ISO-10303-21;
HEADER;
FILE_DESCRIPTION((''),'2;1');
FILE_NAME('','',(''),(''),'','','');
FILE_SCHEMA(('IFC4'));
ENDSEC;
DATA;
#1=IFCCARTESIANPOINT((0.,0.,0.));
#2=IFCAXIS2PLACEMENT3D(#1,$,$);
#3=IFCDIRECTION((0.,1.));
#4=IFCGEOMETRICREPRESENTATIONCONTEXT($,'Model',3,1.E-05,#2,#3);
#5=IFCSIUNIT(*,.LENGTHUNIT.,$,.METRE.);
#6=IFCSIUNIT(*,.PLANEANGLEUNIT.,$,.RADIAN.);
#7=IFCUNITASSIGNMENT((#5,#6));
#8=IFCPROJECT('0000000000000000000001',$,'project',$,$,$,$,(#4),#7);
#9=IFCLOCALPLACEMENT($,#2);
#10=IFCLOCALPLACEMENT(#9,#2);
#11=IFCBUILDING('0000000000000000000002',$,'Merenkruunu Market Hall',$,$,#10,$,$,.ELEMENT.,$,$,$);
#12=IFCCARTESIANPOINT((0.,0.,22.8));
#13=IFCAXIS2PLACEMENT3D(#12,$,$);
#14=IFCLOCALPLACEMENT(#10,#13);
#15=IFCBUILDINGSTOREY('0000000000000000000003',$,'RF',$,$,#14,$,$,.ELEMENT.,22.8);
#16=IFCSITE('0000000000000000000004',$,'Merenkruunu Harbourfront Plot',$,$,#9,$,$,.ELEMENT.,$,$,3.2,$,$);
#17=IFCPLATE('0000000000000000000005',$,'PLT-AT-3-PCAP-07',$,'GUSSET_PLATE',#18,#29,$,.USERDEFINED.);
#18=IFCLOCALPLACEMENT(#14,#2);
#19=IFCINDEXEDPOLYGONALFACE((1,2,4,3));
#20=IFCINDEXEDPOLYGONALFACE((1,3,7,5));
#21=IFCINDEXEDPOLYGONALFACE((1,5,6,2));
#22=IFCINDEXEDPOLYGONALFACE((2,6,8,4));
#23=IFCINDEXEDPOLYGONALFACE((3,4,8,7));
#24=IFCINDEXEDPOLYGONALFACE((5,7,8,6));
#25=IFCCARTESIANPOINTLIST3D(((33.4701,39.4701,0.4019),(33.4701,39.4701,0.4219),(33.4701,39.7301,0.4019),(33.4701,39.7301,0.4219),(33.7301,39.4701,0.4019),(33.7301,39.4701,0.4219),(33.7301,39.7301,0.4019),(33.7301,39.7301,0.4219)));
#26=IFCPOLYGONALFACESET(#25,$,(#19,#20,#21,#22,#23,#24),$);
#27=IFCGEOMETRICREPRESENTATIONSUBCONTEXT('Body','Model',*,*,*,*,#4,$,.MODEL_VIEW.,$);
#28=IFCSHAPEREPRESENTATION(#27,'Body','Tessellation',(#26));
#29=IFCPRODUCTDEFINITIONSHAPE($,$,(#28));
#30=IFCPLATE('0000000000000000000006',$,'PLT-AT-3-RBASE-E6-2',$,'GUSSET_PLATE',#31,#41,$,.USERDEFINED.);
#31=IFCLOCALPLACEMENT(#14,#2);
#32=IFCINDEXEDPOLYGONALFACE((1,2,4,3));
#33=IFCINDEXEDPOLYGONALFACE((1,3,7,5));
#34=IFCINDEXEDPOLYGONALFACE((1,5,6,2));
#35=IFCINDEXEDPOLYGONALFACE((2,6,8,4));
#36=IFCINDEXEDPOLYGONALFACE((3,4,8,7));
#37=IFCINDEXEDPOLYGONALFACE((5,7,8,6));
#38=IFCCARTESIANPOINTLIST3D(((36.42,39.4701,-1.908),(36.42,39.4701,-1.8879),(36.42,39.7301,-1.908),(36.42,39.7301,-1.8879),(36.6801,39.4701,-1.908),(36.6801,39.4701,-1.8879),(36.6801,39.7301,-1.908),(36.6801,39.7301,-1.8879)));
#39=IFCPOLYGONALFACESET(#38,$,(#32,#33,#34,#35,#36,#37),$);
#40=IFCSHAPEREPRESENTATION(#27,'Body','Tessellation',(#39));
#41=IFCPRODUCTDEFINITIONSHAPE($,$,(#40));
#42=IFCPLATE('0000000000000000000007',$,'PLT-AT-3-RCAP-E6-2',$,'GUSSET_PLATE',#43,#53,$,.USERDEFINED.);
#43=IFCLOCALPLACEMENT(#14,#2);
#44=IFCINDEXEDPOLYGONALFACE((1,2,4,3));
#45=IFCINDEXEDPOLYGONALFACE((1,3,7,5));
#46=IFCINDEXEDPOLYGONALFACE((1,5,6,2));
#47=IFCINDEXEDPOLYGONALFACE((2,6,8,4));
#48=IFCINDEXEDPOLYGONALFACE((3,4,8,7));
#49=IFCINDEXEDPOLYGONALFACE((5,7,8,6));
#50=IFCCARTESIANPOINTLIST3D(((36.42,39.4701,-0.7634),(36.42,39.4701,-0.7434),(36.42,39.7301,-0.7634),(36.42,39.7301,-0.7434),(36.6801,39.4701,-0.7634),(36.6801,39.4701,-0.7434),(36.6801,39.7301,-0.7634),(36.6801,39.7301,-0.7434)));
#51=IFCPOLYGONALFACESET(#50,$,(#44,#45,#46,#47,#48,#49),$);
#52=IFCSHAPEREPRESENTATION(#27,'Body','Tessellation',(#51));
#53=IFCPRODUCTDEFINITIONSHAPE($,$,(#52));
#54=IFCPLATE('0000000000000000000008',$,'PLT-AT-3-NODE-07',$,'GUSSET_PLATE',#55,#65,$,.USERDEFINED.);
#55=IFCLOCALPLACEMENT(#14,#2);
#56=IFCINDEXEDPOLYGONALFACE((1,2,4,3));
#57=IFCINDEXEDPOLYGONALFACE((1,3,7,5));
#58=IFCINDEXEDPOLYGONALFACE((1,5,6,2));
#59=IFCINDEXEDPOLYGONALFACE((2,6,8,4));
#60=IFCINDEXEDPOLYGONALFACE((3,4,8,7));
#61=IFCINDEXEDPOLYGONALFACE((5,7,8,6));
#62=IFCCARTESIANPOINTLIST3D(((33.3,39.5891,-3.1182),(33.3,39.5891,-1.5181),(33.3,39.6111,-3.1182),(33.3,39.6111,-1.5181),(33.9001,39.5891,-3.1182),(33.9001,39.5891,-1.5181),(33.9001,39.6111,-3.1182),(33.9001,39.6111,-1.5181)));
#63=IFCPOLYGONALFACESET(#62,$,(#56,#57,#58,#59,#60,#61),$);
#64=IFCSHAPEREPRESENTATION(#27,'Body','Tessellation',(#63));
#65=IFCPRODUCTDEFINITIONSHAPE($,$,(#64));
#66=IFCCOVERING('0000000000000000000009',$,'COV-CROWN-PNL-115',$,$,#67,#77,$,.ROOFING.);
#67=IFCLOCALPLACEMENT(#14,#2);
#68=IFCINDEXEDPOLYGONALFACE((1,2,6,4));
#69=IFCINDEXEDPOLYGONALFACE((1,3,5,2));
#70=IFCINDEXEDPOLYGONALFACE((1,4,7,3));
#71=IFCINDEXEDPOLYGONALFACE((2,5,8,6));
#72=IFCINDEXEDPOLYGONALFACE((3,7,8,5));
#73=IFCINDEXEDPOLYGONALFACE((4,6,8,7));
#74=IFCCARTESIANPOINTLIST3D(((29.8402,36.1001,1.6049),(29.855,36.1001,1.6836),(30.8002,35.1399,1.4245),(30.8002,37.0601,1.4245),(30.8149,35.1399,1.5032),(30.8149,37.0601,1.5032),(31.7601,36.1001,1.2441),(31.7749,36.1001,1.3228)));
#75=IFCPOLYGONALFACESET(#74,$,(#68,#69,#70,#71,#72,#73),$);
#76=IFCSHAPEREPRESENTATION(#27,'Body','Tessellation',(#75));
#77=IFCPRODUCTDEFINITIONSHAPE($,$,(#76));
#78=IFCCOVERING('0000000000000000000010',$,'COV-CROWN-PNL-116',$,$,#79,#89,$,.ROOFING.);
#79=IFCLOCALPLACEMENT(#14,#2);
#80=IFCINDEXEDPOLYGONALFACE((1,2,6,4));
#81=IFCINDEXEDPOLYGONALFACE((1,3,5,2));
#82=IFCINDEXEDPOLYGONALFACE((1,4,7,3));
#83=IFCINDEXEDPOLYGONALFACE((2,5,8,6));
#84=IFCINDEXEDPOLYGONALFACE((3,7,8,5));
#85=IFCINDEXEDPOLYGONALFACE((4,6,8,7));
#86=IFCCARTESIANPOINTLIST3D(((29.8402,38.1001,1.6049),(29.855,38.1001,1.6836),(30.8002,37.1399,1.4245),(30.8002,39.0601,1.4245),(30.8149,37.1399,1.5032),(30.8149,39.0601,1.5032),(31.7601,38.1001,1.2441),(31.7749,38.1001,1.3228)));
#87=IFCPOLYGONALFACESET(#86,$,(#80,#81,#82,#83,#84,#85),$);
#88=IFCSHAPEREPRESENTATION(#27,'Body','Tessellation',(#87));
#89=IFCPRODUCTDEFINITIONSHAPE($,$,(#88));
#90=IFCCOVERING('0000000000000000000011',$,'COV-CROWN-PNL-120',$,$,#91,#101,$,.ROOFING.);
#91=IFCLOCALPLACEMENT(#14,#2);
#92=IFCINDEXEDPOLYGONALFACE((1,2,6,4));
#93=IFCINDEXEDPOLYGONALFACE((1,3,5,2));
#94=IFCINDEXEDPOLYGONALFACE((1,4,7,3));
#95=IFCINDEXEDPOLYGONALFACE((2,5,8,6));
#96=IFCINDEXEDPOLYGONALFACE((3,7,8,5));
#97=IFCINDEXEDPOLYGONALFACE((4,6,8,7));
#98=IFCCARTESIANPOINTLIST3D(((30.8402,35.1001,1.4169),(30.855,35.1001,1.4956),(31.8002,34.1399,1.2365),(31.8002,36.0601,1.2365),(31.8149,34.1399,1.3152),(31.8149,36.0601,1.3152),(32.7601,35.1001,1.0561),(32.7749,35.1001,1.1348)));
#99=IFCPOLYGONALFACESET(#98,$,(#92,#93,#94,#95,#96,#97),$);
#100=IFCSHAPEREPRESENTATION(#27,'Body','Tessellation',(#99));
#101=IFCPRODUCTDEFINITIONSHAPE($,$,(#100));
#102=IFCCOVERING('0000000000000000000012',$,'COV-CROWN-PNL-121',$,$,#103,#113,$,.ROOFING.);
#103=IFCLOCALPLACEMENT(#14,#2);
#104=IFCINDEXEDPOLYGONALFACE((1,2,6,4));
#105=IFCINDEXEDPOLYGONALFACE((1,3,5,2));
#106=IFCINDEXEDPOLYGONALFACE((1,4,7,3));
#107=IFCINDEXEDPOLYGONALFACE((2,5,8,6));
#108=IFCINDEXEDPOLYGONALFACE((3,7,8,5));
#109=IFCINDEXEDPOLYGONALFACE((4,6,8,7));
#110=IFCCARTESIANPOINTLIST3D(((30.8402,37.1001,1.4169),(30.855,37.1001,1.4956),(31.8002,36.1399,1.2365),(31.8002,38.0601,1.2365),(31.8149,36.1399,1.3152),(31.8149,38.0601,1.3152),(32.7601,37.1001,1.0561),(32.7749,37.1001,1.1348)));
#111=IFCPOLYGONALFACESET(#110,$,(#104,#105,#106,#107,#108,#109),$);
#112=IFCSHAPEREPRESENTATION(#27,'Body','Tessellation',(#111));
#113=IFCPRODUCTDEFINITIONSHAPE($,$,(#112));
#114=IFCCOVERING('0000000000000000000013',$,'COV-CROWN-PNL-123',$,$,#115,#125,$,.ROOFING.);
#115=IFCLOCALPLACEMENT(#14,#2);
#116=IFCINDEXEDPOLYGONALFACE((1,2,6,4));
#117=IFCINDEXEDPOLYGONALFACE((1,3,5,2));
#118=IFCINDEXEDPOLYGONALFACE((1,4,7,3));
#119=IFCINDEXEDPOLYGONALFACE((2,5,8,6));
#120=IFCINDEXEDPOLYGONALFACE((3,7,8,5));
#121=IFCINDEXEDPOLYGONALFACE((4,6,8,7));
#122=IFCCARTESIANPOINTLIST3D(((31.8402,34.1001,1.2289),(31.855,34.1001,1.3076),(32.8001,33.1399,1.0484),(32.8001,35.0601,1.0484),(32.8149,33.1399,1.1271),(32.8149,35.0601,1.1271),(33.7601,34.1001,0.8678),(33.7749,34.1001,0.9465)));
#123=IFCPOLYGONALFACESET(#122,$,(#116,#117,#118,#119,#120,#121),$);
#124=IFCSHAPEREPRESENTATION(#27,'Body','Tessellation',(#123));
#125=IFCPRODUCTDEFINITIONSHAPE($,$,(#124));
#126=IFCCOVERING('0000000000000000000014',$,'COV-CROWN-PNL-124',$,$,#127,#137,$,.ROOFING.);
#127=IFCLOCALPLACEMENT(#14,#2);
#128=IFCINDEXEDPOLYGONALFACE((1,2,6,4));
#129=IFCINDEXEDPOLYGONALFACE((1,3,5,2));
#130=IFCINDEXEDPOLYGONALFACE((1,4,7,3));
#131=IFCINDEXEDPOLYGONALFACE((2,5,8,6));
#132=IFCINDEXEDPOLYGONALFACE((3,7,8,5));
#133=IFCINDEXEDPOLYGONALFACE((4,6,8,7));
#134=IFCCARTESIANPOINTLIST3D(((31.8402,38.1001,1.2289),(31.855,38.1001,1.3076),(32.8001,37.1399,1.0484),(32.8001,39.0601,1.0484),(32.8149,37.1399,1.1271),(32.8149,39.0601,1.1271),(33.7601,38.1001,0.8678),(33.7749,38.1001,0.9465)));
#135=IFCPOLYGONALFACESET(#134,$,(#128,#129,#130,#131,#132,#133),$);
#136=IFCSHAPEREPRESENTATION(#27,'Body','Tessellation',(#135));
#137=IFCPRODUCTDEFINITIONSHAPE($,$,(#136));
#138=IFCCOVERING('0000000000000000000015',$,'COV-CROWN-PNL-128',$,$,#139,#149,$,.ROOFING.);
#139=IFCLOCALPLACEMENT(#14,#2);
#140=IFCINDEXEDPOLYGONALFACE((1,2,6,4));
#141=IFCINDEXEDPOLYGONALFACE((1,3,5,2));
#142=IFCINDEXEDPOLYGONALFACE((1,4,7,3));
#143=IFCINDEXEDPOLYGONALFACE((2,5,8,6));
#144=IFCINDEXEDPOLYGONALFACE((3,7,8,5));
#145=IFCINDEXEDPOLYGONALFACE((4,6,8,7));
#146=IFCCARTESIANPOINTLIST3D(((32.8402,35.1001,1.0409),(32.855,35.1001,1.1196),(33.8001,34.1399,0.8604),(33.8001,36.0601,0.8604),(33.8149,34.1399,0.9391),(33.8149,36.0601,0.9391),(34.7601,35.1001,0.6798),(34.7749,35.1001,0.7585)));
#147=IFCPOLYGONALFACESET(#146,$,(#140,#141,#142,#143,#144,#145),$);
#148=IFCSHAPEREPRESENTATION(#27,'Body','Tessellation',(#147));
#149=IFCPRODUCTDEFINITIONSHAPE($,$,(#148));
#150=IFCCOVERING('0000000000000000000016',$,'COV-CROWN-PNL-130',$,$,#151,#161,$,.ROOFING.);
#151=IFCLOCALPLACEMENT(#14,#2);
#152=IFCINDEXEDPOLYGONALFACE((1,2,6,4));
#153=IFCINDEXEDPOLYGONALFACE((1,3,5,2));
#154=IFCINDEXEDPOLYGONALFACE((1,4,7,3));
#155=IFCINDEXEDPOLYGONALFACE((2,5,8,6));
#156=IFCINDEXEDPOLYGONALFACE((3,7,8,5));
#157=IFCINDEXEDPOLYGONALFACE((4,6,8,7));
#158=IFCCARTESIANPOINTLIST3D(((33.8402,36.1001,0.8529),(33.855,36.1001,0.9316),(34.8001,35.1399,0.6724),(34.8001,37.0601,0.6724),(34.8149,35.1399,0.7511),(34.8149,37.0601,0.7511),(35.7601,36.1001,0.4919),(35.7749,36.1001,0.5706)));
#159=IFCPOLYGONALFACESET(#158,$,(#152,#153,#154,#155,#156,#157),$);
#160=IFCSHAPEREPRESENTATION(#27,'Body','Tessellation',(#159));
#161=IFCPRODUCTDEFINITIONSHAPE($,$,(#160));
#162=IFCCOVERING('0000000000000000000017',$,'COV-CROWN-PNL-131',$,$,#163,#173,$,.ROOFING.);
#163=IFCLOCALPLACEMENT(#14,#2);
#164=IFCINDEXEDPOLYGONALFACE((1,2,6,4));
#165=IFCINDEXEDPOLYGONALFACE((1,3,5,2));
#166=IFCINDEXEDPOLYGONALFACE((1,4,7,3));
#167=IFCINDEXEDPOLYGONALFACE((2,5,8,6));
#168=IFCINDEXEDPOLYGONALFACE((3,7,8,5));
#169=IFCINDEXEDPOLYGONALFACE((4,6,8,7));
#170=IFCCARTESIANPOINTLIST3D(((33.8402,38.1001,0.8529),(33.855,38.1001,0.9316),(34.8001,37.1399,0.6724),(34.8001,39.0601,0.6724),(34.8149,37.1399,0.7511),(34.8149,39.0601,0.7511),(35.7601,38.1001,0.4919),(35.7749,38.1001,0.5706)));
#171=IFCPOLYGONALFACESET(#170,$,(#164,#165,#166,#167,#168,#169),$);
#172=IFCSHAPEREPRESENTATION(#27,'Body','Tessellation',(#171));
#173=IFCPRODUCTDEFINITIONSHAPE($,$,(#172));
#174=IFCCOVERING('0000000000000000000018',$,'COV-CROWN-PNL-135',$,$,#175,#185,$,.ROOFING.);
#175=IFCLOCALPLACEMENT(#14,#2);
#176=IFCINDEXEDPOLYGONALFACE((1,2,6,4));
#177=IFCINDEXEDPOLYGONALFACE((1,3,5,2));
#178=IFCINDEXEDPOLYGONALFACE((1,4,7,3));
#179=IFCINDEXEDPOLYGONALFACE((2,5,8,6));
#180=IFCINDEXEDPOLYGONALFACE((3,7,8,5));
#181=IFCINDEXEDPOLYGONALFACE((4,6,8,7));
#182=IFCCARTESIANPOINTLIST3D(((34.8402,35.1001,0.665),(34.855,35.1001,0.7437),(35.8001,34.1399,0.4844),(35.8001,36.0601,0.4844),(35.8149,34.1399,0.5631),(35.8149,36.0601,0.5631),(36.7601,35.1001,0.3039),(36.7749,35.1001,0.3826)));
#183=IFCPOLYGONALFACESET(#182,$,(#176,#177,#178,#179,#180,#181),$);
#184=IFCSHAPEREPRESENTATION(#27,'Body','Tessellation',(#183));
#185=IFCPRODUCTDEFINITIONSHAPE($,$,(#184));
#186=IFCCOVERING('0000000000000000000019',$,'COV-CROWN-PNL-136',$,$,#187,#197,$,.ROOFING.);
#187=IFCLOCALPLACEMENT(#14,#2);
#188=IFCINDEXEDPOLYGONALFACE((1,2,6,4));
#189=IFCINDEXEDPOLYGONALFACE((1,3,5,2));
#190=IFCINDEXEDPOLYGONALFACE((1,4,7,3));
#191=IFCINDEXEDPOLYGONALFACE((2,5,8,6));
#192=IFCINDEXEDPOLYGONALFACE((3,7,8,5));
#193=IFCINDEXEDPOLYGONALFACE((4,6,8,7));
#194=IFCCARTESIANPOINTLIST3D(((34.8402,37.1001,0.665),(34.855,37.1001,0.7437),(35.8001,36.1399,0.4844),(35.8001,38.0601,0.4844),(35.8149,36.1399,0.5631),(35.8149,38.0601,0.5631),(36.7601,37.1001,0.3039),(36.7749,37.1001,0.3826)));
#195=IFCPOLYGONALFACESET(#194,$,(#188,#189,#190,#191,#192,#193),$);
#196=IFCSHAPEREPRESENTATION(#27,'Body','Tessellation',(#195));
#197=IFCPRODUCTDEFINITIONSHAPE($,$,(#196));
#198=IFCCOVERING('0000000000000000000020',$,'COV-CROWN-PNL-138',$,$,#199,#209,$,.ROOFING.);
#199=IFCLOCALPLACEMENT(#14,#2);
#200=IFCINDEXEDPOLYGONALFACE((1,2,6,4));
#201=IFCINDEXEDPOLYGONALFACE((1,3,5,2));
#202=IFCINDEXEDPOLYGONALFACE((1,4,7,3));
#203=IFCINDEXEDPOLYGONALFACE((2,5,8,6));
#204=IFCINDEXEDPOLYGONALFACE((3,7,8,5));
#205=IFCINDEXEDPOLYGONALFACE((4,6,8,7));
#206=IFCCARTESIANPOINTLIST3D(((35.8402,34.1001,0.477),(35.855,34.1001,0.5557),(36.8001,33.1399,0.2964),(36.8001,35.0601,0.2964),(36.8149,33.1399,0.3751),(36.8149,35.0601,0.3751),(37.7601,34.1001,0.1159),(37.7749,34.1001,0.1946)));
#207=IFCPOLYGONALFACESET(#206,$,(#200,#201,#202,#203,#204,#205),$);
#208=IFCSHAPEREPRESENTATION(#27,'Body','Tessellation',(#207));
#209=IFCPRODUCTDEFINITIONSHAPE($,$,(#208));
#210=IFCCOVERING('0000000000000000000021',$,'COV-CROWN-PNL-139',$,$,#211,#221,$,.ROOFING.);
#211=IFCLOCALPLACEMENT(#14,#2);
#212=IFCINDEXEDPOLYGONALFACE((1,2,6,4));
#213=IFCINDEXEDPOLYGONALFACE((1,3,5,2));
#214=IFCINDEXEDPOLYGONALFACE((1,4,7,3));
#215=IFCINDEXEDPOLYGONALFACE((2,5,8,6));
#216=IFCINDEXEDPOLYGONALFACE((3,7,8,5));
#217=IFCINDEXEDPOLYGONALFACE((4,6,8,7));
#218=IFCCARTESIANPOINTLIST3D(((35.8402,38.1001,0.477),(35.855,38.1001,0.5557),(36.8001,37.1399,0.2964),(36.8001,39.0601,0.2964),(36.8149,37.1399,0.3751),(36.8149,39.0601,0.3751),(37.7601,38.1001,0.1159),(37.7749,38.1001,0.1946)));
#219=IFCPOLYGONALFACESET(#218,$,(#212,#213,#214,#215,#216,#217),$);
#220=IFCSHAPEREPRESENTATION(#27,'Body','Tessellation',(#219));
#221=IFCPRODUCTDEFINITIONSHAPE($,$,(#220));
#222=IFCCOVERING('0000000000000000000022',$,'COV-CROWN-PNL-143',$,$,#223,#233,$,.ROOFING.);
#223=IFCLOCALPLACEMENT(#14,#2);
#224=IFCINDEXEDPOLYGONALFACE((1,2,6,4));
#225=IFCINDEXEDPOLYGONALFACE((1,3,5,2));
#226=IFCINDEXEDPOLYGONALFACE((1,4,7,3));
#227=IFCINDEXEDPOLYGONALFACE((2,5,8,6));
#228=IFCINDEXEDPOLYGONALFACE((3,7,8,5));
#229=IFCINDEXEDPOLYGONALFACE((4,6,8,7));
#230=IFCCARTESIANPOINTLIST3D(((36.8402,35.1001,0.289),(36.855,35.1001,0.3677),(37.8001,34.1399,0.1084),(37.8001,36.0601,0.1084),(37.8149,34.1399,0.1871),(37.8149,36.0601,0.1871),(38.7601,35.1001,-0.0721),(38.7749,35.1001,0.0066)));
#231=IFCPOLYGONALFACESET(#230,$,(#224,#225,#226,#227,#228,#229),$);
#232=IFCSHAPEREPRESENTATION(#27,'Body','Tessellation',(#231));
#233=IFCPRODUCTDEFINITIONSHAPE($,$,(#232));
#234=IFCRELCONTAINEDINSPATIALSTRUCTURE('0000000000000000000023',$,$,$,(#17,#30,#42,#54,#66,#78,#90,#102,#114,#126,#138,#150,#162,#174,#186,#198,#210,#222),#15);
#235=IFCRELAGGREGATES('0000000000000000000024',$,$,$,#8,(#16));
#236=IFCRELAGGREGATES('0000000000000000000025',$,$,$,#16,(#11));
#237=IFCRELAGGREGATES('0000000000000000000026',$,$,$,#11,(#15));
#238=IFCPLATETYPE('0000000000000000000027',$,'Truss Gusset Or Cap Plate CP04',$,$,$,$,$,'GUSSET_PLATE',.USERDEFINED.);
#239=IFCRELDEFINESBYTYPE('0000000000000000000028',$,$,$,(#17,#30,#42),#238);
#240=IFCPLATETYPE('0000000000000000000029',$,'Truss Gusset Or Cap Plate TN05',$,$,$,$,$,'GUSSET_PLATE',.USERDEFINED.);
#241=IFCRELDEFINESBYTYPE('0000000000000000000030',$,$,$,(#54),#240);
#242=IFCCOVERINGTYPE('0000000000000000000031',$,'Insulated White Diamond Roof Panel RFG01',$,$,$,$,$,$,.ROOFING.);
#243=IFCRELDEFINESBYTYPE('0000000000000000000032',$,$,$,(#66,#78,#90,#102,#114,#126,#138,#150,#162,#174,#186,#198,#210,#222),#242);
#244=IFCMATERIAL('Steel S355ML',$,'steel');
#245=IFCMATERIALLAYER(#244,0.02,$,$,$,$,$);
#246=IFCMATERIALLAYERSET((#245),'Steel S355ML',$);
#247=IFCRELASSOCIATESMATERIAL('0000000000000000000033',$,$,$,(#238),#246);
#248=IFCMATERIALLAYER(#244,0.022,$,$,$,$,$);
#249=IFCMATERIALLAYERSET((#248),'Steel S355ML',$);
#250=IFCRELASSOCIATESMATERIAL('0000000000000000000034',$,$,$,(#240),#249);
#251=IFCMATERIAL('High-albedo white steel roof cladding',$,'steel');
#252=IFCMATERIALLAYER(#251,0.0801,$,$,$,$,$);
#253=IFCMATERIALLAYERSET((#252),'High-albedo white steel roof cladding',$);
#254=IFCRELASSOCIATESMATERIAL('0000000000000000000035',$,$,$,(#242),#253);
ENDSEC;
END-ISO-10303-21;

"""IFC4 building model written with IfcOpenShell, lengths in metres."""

from ifc_helpers import new_model, si_unit, direction, frame, origin, origin_2d, place, context, subcontext, project, spatial, polyline, rectangle, outline, extrude, material, layer, layer_set, type_object, element, save


model = new_model("IFC4")

# Units and contexts
model_context = context("Model", 3, precision=1e-05, world=origin(), true_north=direction((0.0, 1.0)))
body_context = subcontext(model_context, "Body", "Model", "MODEL_VIEW")
ifc_project = project(units=[si_unit("LENGTHUNIT", "METRE"), si_unit("PLANEANGLEUNIT", "RADIAN")], contexts=[model_context])

# Site, building, storey
site_placement = place(None, origin())
site = spatial("IfcSite", under=ifc_project, at=site_placement, Name="Merenkruunu Harbourfront Plot", CompositionType="ELEMENT", RefElevation=3.2)
building_placement = place(site_placement, origin())
building = spatial("IfcBuilding", under=site, at=building_placement, Name="Merenkruunu Market Hall", CompositionType="ELEMENT")
storey_placement = place(building_placement, frame((0.0, 0.0, 22.8)))
storey = spatial("IfcBuildingStorey", under=building, at=storey_placement, Name="RF", CompositionType="ELEMENT", Elevation=22.8)

# Shared definitions
ifc_material_1 = material(Name="Steel S355ML", Category="steel")

# Plates
ifc_layer_1 = layer(ifc_material_1, 0.02)
ifc_layer_set_1 = layer_set([ifc_layer_1], Name="Steel S355ML")
plate_type_1 = type_object("IfcPlateType", Name="Truss Gusset Or Cap Plate CP04", ElementType="GUSSET_PLATE", PredefinedType="USERDEFINED", material=ifc_layer_set_1)
for number, where, z_axis, x_axis, name in (
    (1, (33.6001, 39.6001, 0.4019), (0.0, 0.0, 1.0), (1.0, 0.0, 0.0), "PLT-AT-3-PCAP-07"),
    (2, (36.55, 39.6001, -1.908), (0.0, 0.0, 1.0), (1.0, 0.0, 0.0), "PLT-AT-3-RBASE-E6-2"),
    (3, (36.55, 39.6001, -0.7634), (0.0, 0.0, 1.0), (1.0, 0.0, 0.0), "PLT-AT-3-RCAP-E6-2"),
):
    element("IfcPlate", number, at=place(storey_placement, frame(where, z_axis=z_axis, x_axis=x_axis)), inside=storey, type_object=plate_type_1, Name=name, ObjectType="GUSSET_PLATE", PredefinedType="USERDEFINED", context=body_context, shape_type="SweptSolid", body=[
        extrude(rectangle(XDim=0.26, YDim=0.26, at=origin_2d()), origin(), (0.0, 0.0, 1.0), 0.02),
    ])
ifc_layer_2 = layer(ifc_material_1, 0.022)
ifc_layer_set_2 = layer_set([ifc_layer_2], Name="Steel S355ML")
plate_type_2 = type_object("IfcPlateType", Name="Truss Gusset Or Cap Plate TN05", ElementType="GUSSET_PLATE", PredefinedType="USERDEFINED", material=ifc_layer_set_2)
plate_placement = place(storey_placement, frame((33.6001, 39.6001, -3.1182), z_axis=(0.0, 0.0, 1.0), x_axis=(1.0, 0.0, 0.0)))
element("IfcPlate", 4, at=plate_placement, inside=storey, type_object=plate_type_2, Name="PLT-AT-3-NODE-07", ObjectType="GUSSET_PLATE", PredefinedType="USERDEFINED", context=body_context, shape_type="SweptSolid", body=[
    extrude(rectangle(XDim=0.6001, YDim=0.022, at=origin_2d()), origin(), (0.0, 0.0, 1.0), 1.6001),
])

# Coverings
ifc_material_2 = material(Name="High-albedo white steel roof cladding", Category="steel")
ifc_layer_3 = layer(ifc_material_2, 0.0801)
ifc_layer_set_3 = layer_set([ifc_layer_3], Name="High-albedo white steel roof cladding")
covering_type_1 = type_object("IfcCoveringType", Name="Insulated White Diamond Roof Panel RFG01", PredefinedType="ROOFING", material=ifc_layer_set_3)
for number, where, z_axis, x_axis, name in (
    (5, (29.855, 36.1001, 1.6836), (0.184711, 0.0, 0.982793), (0.700856, -0.701035, -0.131722), "COV-CROWN-PNL-115"),
    (6, (29.855, 38.1001, 1.6836), (0.184711, 0.0, 0.982793), (0.700856, -0.701035, -0.131722), "COV-CROWN-PNL-116"),
    (7, (30.855, 35.1001, 1.4956), (0.184711, 0.0, 0.982793), (0.700856, -0.701035, -0.131722), "COV-CROWN-PNL-120"),
    (8, (30.855, 37.1001, 1.4956), (0.184711, 0.0, 0.982793), (0.700856, -0.701035, -0.131722), "COV-CROWN-PNL-121"),
):
    element("IfcCovering", number, at=place(storey_placement, frame(where, z_axis=z_axis, x_axis=x_axis)), inside=storey, type_object=covering_type_1, Name=name, PredefinedType="ROOFING", context=body_context, shape_type="SweptSolid", body=[
        extrude(outline(polyline([(0.0, 0.0), (1.3697, 0.0), (1.3931, 1.3695), (0.0236, 1.3693), (0.0, 0.0)])), origin(), (0.0, 0.0, -1.0), 0.0801),
    ])
for number, where, z_axis, x_axis, name in (
    (9, (31.855, 34.1001, 1.3076), (0.184832, 0.0, 0.98277), (0.70084, -0.701035, -0.131809), "COV-CROWN-PNL-123"),
    (10, (31.855, 38.1001, 1.3076), (0.184832, 0.0, 0.98277), (0.70084, -0.701035, -0.131809), "COV-CROWN-PNL-124"),
    (11, (32.855, 35.1001, 1.1196), (0.184832, 0.0, 0.98277), (0.70084, -0.701035, -0.131809), "COV-CROWN-PNL-128"),
    (12, (33.855, 36.1001, 0.9316), (0.184832, 0.0, 0.98277), (0.70084, -0.701035, -0.131809), "COV-CROWN-PNL-130"),
    (13, (33.855, 38.1001, 0.9316), (0.184832, 0.0, 0.98277), (0.70084, -0.701035, -0.131809), "COV-CROWN-PNL-131"),
    (14, (34.855, 35.1001, 0.7437), (0.184832, 0.0, 0.98277), (0.70084, -0.701035, -0.131809), "COV-CROWN-PNL-135"),
    (15, (34.855, 37.1001, 0.7437), (0.184832, 0.0, 0.98277), (0.70084, -0.701035, -0.131809), "COV-CROWN-PNL-136"),
    (16, (35.855, 34.1001, 0.5557), (0.184832, 0.0, 0.98277), (0.70084, -0.701035, -0.131809), "COV-CROWN-PNL-138"),
    (17, (35.855, 38.1001, 0.5557), (0.184832, 0.0, 0.98277), (0.70084, -0.701035, -0.131809), "COV-CROWN-PNL-139"),
    (18, (36.855, 35.1001, 0.3677), (0.184832, 0.0, 0.98277), (0.70084, -0.701035, -0.131809), "COV-CROWN-PNL-143"),
):
    element("IfcCovering", number, at=place(storey_placement, frame(where, z_axis=z_axis, x_axis=x_axis)), inside=storey, type_object=covering_type_1, Name=name, PredefinedType="ROOFING", context=body_context, shape_type="SweptSolid", body=[
        extrude(outline(polyline([(0.0, 0.0), (1.3697, 0.0), (1.3932, 1.3695), (0.0236, 1.3693), (0.0, 0.0)])), origin(), (0.0, 0.0, -1.0), 0.0801),
    ])

save(model, "model.ifc")
